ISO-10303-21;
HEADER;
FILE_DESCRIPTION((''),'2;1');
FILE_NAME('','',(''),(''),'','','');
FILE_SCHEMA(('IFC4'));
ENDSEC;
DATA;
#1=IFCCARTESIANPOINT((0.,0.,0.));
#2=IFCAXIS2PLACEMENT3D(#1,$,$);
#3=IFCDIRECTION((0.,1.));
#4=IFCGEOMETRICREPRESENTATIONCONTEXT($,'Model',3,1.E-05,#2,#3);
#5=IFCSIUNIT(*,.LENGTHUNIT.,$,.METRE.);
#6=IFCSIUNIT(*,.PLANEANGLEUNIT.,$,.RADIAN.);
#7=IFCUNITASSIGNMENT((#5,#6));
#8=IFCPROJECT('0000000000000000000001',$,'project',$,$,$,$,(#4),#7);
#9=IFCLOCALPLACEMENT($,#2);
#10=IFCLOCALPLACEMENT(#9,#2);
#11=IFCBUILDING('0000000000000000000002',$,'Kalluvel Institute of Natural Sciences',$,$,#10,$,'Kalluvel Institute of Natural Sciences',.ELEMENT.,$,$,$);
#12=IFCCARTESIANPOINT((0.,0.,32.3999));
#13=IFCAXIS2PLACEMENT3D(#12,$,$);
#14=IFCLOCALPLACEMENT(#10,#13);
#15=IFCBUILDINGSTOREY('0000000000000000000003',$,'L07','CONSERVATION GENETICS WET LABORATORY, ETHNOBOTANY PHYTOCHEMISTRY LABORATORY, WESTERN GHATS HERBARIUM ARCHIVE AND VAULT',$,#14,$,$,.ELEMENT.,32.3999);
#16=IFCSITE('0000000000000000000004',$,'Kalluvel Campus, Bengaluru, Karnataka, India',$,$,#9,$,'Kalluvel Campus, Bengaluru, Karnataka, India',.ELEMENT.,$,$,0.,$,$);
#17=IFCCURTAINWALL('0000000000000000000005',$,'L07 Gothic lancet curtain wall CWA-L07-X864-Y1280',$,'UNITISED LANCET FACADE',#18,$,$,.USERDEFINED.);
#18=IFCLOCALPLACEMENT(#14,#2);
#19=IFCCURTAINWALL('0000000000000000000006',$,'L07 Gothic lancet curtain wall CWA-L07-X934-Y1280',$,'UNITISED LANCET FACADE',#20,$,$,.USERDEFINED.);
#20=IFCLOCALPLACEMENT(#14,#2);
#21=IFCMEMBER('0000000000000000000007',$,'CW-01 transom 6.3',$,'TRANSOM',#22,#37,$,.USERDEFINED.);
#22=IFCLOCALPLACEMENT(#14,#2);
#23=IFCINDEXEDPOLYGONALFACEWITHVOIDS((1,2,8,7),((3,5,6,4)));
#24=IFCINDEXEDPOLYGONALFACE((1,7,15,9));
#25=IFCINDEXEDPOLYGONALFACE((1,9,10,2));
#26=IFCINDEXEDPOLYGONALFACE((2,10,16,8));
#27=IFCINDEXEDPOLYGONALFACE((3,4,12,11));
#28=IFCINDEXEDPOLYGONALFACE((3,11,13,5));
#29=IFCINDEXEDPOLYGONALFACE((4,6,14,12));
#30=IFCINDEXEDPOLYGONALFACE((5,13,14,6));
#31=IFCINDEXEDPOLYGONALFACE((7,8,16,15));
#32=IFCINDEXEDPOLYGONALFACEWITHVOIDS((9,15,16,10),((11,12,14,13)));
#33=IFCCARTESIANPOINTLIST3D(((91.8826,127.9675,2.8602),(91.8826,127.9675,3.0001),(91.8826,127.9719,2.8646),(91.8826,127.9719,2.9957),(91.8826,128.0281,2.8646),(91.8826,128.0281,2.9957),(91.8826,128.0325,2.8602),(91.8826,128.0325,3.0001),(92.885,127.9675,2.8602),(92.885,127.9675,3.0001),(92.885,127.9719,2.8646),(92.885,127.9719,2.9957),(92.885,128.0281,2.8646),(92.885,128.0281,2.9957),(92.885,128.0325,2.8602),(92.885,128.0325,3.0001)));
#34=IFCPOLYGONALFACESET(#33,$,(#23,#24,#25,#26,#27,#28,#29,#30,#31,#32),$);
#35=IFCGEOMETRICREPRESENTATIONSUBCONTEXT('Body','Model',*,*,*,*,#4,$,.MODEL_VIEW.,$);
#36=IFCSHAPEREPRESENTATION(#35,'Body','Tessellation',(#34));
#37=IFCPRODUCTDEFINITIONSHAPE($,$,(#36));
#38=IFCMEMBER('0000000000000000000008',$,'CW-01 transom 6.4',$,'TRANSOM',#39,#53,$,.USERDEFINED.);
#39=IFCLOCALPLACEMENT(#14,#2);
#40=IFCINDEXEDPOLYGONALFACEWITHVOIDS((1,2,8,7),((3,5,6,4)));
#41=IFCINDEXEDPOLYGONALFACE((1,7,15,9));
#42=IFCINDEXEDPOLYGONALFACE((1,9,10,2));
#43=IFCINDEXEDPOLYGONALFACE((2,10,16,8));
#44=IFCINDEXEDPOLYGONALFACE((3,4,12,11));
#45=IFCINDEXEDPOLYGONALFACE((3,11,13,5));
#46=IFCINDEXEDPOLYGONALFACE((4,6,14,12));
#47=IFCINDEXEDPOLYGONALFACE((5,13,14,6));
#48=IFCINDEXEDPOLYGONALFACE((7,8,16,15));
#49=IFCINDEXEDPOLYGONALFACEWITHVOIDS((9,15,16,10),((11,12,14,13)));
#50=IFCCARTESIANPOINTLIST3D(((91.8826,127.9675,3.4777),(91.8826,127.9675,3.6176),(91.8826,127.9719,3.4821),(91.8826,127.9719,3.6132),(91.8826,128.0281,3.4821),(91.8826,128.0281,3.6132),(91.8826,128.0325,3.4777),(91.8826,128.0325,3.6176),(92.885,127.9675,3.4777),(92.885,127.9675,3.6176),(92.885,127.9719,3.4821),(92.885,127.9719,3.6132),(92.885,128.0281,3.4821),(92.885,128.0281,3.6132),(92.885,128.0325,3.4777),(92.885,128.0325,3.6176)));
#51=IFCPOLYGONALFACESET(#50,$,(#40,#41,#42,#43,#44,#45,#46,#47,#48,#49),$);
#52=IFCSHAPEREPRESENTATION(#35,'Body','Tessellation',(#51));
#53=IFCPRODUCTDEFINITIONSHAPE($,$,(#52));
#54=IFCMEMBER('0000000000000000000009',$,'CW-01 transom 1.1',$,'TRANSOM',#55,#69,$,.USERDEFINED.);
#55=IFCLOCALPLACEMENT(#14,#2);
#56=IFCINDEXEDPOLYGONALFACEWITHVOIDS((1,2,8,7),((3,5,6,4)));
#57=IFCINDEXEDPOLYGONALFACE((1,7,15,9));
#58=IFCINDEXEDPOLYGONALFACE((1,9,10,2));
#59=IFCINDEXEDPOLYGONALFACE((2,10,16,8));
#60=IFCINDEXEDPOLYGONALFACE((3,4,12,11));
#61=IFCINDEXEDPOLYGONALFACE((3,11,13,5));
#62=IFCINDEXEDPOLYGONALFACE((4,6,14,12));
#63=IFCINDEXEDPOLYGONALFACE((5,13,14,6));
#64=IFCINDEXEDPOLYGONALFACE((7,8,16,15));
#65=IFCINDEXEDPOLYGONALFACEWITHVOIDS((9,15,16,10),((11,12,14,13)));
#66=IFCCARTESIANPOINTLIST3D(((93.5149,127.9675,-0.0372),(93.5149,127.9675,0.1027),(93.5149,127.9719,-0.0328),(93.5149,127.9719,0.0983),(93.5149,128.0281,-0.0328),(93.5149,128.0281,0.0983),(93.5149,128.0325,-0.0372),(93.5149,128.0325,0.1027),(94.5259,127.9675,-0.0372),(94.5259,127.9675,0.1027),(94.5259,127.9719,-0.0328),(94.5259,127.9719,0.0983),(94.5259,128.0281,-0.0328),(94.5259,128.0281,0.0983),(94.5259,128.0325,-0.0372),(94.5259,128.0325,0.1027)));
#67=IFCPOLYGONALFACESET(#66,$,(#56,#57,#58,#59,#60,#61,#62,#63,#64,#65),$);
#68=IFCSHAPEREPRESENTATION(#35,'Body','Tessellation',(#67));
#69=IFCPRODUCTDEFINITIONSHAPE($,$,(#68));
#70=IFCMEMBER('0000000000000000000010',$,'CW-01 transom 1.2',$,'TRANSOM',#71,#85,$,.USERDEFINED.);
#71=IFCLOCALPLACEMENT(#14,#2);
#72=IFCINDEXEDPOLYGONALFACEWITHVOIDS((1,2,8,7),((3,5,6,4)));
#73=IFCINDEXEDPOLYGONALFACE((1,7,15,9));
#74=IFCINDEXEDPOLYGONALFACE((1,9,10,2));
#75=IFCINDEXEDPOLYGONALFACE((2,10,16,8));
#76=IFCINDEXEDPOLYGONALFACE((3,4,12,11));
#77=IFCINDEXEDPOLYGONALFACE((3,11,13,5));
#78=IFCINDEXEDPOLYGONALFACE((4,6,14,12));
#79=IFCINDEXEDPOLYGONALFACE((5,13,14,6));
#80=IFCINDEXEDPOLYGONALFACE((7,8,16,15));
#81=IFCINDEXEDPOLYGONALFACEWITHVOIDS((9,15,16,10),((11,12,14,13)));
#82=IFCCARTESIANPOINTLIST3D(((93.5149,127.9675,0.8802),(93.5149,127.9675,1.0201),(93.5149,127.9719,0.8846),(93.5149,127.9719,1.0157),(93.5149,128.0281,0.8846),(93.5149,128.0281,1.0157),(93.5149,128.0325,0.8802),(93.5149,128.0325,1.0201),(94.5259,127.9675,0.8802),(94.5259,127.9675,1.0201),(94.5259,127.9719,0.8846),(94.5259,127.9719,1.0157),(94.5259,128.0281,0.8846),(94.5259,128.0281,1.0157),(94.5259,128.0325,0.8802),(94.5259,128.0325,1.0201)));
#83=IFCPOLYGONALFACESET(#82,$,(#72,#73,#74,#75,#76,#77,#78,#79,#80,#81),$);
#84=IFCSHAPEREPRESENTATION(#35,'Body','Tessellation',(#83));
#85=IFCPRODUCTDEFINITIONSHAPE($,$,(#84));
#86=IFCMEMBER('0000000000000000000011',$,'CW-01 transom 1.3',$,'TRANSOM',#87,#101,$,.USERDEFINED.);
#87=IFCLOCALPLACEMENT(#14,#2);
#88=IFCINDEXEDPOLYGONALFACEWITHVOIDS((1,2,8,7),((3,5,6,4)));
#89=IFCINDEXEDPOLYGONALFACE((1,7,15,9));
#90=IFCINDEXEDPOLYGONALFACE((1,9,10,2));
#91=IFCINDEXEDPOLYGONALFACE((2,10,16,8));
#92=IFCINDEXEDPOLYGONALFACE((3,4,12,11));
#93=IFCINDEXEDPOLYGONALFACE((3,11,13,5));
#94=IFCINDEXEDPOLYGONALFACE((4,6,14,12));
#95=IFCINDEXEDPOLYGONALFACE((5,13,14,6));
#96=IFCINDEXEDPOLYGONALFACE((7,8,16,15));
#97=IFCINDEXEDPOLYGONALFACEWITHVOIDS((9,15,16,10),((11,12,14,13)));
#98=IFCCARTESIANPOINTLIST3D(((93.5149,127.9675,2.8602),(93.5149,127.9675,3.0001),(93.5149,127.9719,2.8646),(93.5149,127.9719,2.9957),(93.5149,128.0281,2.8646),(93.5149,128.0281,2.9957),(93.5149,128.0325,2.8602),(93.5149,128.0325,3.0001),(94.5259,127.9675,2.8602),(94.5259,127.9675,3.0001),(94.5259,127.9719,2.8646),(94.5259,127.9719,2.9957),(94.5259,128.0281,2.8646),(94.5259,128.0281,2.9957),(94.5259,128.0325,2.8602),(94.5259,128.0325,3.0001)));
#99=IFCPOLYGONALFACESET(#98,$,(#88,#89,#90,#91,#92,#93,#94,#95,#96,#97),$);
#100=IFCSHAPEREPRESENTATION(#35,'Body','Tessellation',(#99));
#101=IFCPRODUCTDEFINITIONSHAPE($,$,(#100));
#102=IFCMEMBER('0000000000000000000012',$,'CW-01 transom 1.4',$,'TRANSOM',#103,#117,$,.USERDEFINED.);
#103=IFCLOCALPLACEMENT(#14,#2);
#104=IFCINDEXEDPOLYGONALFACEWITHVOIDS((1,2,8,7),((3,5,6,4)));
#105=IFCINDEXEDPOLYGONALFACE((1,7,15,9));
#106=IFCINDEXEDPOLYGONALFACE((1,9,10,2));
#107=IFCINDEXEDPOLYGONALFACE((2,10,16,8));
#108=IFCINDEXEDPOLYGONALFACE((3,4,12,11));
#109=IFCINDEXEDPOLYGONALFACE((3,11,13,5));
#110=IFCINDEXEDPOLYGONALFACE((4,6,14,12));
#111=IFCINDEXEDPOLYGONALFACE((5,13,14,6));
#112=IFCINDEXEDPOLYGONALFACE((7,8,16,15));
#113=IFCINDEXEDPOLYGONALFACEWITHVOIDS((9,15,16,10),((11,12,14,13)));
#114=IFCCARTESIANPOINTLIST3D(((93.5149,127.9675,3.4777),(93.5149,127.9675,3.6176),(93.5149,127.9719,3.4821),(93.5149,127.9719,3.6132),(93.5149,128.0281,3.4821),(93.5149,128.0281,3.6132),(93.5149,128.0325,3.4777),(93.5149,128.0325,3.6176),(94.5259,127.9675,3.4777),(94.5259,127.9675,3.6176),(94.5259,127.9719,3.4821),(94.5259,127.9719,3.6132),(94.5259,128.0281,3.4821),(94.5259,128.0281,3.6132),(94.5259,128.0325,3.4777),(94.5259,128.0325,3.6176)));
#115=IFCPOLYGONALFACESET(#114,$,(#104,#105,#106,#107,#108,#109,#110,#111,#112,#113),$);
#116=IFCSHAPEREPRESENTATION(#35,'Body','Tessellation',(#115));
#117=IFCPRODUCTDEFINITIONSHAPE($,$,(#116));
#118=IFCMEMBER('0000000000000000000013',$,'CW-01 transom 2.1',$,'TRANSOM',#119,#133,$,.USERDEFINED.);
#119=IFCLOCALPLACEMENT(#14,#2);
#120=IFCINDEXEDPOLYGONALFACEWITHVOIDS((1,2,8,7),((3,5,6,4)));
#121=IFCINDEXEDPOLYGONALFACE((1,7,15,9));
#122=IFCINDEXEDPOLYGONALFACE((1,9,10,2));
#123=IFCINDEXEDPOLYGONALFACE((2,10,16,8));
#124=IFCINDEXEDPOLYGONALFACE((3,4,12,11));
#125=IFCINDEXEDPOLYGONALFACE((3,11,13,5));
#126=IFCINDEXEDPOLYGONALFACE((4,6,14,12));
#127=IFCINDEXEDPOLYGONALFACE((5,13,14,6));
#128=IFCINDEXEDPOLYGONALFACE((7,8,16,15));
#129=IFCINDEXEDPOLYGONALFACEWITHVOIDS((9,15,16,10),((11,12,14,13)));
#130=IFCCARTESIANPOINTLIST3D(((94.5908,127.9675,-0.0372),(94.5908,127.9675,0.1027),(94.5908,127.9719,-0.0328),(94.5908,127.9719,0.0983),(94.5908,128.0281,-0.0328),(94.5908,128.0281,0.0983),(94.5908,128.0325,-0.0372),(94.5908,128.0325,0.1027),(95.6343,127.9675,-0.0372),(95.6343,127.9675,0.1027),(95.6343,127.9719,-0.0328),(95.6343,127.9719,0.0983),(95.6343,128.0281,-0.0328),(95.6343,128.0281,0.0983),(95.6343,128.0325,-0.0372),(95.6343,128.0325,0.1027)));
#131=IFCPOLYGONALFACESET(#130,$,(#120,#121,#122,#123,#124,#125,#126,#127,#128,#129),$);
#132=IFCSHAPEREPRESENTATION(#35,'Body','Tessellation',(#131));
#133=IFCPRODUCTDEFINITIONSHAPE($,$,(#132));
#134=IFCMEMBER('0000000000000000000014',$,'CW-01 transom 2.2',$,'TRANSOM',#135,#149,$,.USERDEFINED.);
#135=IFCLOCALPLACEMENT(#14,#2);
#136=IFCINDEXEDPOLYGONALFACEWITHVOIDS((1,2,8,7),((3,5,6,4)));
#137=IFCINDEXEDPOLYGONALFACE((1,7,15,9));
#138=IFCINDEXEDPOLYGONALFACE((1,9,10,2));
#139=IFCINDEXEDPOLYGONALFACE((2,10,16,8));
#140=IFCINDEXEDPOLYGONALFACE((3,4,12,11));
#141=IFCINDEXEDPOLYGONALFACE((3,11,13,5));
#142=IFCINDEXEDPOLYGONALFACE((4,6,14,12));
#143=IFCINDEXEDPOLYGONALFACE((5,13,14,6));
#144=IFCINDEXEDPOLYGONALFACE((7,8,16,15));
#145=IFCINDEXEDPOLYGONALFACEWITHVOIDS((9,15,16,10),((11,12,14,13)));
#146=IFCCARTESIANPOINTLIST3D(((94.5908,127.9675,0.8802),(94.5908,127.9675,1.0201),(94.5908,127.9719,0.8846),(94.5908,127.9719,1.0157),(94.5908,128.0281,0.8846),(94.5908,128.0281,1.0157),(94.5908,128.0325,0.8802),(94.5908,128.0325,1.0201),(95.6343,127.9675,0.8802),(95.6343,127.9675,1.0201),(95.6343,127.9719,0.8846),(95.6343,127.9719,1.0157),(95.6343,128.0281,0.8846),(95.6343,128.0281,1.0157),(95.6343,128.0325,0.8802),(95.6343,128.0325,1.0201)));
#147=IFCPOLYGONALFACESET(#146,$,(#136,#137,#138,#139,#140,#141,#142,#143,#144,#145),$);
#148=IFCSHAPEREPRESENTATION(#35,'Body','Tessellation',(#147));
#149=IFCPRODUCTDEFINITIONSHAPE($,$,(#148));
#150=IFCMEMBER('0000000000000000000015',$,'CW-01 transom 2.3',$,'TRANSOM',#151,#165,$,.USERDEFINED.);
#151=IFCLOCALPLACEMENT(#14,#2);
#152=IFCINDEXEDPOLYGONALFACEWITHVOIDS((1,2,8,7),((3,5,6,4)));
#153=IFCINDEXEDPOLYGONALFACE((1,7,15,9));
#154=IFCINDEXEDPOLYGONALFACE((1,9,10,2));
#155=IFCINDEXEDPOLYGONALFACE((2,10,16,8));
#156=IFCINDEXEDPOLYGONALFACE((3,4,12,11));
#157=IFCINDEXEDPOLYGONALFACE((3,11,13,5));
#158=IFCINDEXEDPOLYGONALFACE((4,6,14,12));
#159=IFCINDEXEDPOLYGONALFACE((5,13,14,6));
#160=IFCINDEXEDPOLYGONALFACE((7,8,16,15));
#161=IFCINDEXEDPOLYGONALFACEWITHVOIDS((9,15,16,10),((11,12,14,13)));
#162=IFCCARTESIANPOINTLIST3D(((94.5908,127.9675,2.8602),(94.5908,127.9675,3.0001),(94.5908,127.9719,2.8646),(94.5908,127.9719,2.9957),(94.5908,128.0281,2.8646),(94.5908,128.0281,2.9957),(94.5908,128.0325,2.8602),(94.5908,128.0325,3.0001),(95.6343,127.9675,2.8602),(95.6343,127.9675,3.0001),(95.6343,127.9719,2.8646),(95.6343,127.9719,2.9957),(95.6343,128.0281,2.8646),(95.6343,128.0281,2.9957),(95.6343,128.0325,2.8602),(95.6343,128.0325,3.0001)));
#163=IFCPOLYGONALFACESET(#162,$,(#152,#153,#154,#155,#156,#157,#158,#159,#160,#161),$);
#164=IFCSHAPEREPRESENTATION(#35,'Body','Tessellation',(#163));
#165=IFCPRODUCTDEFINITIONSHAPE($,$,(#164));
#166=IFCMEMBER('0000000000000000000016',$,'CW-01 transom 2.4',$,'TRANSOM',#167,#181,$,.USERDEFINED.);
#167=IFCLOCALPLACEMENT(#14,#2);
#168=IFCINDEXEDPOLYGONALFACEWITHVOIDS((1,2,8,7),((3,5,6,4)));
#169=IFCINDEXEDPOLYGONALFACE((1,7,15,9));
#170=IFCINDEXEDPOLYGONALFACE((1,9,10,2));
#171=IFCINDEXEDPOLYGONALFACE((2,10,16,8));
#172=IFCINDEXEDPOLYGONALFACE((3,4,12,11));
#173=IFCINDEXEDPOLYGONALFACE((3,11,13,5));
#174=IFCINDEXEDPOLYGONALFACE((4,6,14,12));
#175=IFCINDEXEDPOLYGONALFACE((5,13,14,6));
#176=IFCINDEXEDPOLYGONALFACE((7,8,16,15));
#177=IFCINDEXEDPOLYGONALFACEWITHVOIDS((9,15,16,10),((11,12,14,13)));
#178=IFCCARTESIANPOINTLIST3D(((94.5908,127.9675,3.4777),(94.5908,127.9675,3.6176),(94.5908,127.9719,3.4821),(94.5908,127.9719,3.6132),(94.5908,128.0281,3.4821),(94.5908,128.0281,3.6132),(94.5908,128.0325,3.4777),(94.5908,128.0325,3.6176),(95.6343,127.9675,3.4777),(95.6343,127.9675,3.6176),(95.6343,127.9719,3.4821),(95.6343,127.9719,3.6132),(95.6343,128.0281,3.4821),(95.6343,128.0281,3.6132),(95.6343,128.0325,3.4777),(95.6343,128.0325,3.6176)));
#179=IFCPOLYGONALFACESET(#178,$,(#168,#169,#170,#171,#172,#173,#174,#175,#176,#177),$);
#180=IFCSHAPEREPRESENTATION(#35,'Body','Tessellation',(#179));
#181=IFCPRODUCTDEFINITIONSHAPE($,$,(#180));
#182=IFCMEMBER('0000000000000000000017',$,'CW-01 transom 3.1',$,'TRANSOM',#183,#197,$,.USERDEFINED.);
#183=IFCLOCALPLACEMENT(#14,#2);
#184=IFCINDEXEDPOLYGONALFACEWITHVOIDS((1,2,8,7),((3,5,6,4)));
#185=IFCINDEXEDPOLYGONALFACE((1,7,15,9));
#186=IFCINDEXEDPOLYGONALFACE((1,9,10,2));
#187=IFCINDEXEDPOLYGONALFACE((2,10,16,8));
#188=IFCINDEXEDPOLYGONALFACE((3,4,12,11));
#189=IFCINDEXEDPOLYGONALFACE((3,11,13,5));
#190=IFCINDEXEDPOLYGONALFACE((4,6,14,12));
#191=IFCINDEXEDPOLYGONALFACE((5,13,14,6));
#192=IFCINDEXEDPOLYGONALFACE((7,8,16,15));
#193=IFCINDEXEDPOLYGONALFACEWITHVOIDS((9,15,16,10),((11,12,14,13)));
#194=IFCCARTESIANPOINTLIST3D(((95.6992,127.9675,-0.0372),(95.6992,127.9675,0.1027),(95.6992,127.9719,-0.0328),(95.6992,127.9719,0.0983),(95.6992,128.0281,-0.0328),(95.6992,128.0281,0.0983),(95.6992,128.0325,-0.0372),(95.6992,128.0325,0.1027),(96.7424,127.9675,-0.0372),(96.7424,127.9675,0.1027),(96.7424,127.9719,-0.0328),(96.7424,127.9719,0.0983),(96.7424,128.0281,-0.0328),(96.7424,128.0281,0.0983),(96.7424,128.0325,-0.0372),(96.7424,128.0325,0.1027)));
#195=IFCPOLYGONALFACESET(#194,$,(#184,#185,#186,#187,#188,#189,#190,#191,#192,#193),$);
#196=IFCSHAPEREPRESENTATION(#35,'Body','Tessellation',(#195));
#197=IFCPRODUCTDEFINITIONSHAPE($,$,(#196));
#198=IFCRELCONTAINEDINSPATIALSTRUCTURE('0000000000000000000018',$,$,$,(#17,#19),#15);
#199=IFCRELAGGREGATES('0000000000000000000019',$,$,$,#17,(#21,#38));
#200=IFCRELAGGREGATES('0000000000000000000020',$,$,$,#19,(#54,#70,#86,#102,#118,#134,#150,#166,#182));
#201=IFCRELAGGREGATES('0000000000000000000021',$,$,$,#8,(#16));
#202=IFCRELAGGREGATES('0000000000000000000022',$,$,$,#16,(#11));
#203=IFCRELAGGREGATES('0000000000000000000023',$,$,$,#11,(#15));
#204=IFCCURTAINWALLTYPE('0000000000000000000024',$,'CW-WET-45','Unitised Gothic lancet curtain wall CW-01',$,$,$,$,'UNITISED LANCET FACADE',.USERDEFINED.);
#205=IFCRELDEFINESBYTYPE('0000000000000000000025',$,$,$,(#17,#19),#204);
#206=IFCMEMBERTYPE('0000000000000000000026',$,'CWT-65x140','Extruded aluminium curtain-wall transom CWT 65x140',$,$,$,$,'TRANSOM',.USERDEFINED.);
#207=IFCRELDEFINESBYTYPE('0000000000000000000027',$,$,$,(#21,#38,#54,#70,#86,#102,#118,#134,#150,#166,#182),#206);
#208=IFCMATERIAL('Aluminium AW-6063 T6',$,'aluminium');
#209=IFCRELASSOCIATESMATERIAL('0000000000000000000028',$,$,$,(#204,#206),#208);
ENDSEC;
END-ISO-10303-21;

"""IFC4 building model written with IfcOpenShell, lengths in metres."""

from ifc_helpers import new_model, si_unit, direction, frame, origin, origin_2d, place, context, subcontext, project, spatial, hollow_rectangle, extrude, material, material_profile, profile_set, type_object, element, aggregate, save


model = new_model("IFC4")

# Units and contexts
model_context = context("Model", 3, precision=1e-05, world=origin(), true_north=direction((0.0, 1.0)))
body_context = subcontext(model_context, "Body", "Model", "MODEL_VIEW")
ifc_project = project(units=[si_unit("LENGTHUNIT", "METRE"), si_unit("PLANEANGLEUNIT", "RADIAN")], contexts=[model_context])

# Site, building, storey
site_placement = place(None, origin())
site = spatial("IfcSite", under=ifc_project, at=site_placement, Name="Kalluvel Campus, Bengaluru, Karnataka, India", LongName="Kalluvel Campus, Bengaluru, Karnataka, India", CompositionType="ELEMENT", RefElevation=0.0)
building_placement = place(site_placement, origin())
building = spatial("IfcBuilding", under=site, at=building_placement, Name="Kalluvel Institute of Natural Sciences", LongName="Kalluvel Institute of Natural Sciences", CompositionType="ELEMENT")
storey_placement = place(building_placement, frame((0.0, 0.0, 32.3999)))
storey = spatial("IfcBuildingStorey", under=building, at=storey_placement, Name="L07", Description="CONSERVATION GENETICS WET LABORATORY, ETHNOBOTANY PHYTOCHEMISTRY LABORATORY, WESTERN GHATS HERBARIUM ARCHIVE AND VAULT", CompositionType="ELEMENT", Elevation=32.3999)

# Curtain walls
ifc_material_1 = material(Name="Aluminium AW-6063 T6", Category="aluminium")
curtain_wall_type = type_object("IfcCurtainWallType", Name="CW-WET-45", Description="Unitised Gothic lancet curtain wall CW-01", ElementType="UNITISED LANCET FACADE", PredefinedType="USERDEFINED", material=ifc_material_1)
curtain_wall_1_placement = place(storey_placement, origin())
curtain_wall_1 = element("IfcCurtainWall", 1, at=curtain_wall_1_placement, inside=storey, type_object=curtain_wall_type, Name="L07 Gothic lancet curtain wall CWA-L07-X864-Y1280", ObjectType="UNITISED LANCET FACADE", PredefinedType="USERDEFINED")
curtain_wall_2_placement = place(storey_placement, origin())
curtain_wall_2 = element("IfcCurtainWall", 2, at=curtain_wall_2_placement, inside=storey, type_object=curtain_wall_type, Name="L07 Gothic lancet curtain wall CWA-L07-X934-Y1280", ObjectType="UNITISED LANCET FACADE", PredefinedType="USERDEFINED")

# Members
ifc_material_profile_1 = material_profile(ifc_material_1, hollow_rectangle(XDim=0.0649, YDim=0.1399, WallThickness=0.0044, at=origin_2d()), Name="CWT 65x140")
ifc_profile_set_1 = profile_set([ifc_material_profile_1], Name="Aluminium AW-6063 T6")
member_type_1 = type_object("IfcMemberType", Name="CWT-65x140", Description="Extruded aluminium curtain-wall transom CWT 65x140", ElementType="TRANSOM", PredefinedType="USERDEFINED", material=ifc_profile_set_1)
member_1_placement = place(storey_placement, frame((91.8826, 128.0, 2.9302), z_axis=(1.0, 0.0, 0.0), x_axis=(0.0, 1.0, 0.0)))
member_1 = element("IfcMember", 3, at=member_1_placement, type_object=member_type_1, Name="CW-01 transom 6.3", ObjectType="TRANSOM", PredefinedType="USERDEFINED", context=body_context, shape_type="SweptSolid", body=[
    extrude(hollow_rectangle(XDim=0.0649, YDim=0.1399, WallThickness=0.0044, at=origin_2d()), origin(), (0.0, 0.0, 1.0), 1.0024),
])
member_2_placement = place(storey_placement, frame((91.8826, 128.0, 3.5476), z_axis=(1.0, 0.0, 0.0), x_axis=(0.0, 1.0, 0.0)))
member_2 = element("IfcMember", 4, at=member_2_placement, type_object=member_type_1, Name="CW-01 transom 6.4", ObjectType="TRANSOM", PredefinedType="USERDEFINED", context=body_context, shape_type="SweptSolid", body=[
    extrude(hollow_rectangle(XDim=0.0649, YDim=0.1399, WallThickness=0.0044, at=origin_2d()), origin(), (0.0, 0.0, 1.0), 1.0024),
])
member_3_placement = place(storey_placement, frame((93.5149, 128.0, 0.0327), z_axis=(1.0, 0.0, 0.0), x_axis=(0.0, 1.0, 0.0)))
member_3 = element("IfcMember", 5, at=member_3_placement, type_object=member_type_1, Name="CW-01 transom 1.1", ObjectType="TRANSOM", PredefinedType="USERDEFINED", context=body_context, shape_type="SweptSolid", body=[
    extrude(hollow_rectangle(XDim=0.0649, YDim=0.1399, WallThickness=0.0044, at=origin_2d()), origin(), (0.0, 0.0, 1.0), 1.011),
])
member_4_placement = place(storey_placement, frame((93.5149, 128.0, 0.9502), z_axis=(1.0, 0.0, 0.0), x_axis=(0.0, 1.0, 0.0)))
member_4 = element("IfcMember", 6, at=member_4_placement, type_object=member_type_1, Name="CW-01 transom 1.2", ObjectType="TRANSOM", PredefinedType="USERDEFINED", context=body_context, shape_type="SweptSolid", body=[
    extrude(hollow_rectangle(XDim=0.0649, YDim=0.1399, WallThickness=0.0044, at=origin_2d()), origin(), (0.0, 0.0, 1.0), 1.011),
])
member_5_placement = place(storey_placement, frame((93.5149, 128.0, 2.9302), z_axis=(1.0, 0.0, 0.0), x_axis=(0.0, 1.0, 0.0)))
member_5 = element("IfcMember", 7, at=member_5_placement, type_object=member_type_1, Name="CW-01 transom 1.3", ObjectType="TRANSOM", PredefinedType="USERDEFINED", context=body_context, shape_type="SweptSolid", body=[
    extrude(hollow_rectangle(XDim=0.0649, YDim=0.1399, WallThickness=0.0044, at=origin_2d()), origin(), (0.0, 0.0, 1.0), 1.011),
])
member_6_placement = place(storey_placement, frame((93.5149, 128.0, 3.5476), z_axis=(1.0, 0.0, 0.0), x_axis=(0.0, 1.0, 0.0)))
member_6 = element("IfcMember", 8, at=member_6_placement, type_object=member_type_1, Name="CW-01 transom 1.4", ObjectType="TRANSOM", PredefinedType="USERDEFINED", context=body_context, shape_type="SweptSolid", body=[
    extrude(hollow_rectangle(XDim=0.0649, YDim=0.1399, WallThickness=0.0044, at=origin_2d()), origin(), (0.0, 0.0, 1.0), 1.011),
])
member_7_placement = place(storey_placement, frame((94.5908, 128.0, 0.0327), z_axis=(1.0, 0.0, 0.0), x_axis=(0.0, 1.0, 0.0)))
member_7 = element("IfcMember", 9, at=member_7_placement, type_object=member_type_1, Name="CW-01 transom 2.1", ObjectType="TRANSOM", PredefinedType="USERDEFINED", context=body_context, shape_type="SweptSolid", body=[
    extrude(hollow_rectangle(XDim=0.0649, YDim=0.1399, WallThickness=0.0044, at=origin_2d()), origin(), (0.0, 0.0, 1.0), 1.0435),
])
member_8_placement = place(storey_placement, frame((94.5908, 128.0, 0.9502), z_axis=(1.0, 0.0, 0.0), x_axis=(0.0, 1.0, 0.0)))
member_8 = element("IfcMember", 10, at=member_8_placement, type_object=member_type_1, Name="CW-01 transom 2.2", ObjectType="TRANSOM", PredefinedType="USERDEFINED", context=body_context, shape_type="SweptSolid", body=[
    extrude(hollow_rectangle(XDim=0.0649, YDim=0.1399, WallThickness=0.0044, at=origin_2d()), origin(), (0.0, 0.0, 1.0), 1.0435),
])
member_9_placement = place(storey_placement, frame((94.5908, 128.0, 2.9302), z_axis=(1.0, 0.0, 0.0), x_axis=(0.0, 1.0, 0.0)))
member_9 = element("IfcMember", 11, at=member_9_placement, type_object=member_type_1, Name="CW-01 transom 2.3", ObjectType="TRANSOM", PredefinedType="USERDEFINED", context=body_context, shape_type="SweptSolid", body=[
    extrude(hollow_rectangle(XDim=0.0649, YDim=0.1399, WallThickness=0.0044, at=origin_2d()), origin(), (0.0, 0.0, 1.0), 1.0435),
])
member_10_placement = place(storey_placement, frame((94.5908, 128.0, 3.5476), z_axis=(1.0, 0.0, 0.0), x_axis=(0.0, 1.0, 0.0)))
member_10 = element("IfcMember", 12, at=member_10_placement, type_object=member_type_1, Name="CW-01 transom 2.4", ObjectType="TRANSOM", PredefinedType="USERDEFINED", context=body_context, shape_type="SweptSolid", body=[
    extrude(hollow_rectangle(XDim=0.0649, YDim=0.1399, WallThickness=0.0044, at=origin_2d()), origin(), (0.0, 0.0, 1.0), 1.0435),
])
member_11_placement = place(storey_placement, frame((95.6992, 128.0, 0.0327), z_axis=(1.0, 0.0, 0.0), x_axis=(0.0, 1.0, 0.0)))
member_11 = element("IfcMember", 13, at=member_11_placement, type_object=member_type_1, Name="CW-01 transom 3.1", ObjectType="TRANSOM", PredefinedType="USERDEFINED", context=body_context, shape_type="SweptSolid", body=[
    extrude(hollow_rectangle(XDim=0.0649, YDim=0.1399, WallThickness=0.0044, at=origin_2d()), origin(), (0.0, 0.0, 1.0), 1.0432),
])

aggregate(curtain_wall_1, [member_1, member_2])
aggregate(curtain_wall_2, [member_3, member_4, member_5, member_6, member_7, member_8, member_9, member_10, member_11])

save(model, "model.ifc")
